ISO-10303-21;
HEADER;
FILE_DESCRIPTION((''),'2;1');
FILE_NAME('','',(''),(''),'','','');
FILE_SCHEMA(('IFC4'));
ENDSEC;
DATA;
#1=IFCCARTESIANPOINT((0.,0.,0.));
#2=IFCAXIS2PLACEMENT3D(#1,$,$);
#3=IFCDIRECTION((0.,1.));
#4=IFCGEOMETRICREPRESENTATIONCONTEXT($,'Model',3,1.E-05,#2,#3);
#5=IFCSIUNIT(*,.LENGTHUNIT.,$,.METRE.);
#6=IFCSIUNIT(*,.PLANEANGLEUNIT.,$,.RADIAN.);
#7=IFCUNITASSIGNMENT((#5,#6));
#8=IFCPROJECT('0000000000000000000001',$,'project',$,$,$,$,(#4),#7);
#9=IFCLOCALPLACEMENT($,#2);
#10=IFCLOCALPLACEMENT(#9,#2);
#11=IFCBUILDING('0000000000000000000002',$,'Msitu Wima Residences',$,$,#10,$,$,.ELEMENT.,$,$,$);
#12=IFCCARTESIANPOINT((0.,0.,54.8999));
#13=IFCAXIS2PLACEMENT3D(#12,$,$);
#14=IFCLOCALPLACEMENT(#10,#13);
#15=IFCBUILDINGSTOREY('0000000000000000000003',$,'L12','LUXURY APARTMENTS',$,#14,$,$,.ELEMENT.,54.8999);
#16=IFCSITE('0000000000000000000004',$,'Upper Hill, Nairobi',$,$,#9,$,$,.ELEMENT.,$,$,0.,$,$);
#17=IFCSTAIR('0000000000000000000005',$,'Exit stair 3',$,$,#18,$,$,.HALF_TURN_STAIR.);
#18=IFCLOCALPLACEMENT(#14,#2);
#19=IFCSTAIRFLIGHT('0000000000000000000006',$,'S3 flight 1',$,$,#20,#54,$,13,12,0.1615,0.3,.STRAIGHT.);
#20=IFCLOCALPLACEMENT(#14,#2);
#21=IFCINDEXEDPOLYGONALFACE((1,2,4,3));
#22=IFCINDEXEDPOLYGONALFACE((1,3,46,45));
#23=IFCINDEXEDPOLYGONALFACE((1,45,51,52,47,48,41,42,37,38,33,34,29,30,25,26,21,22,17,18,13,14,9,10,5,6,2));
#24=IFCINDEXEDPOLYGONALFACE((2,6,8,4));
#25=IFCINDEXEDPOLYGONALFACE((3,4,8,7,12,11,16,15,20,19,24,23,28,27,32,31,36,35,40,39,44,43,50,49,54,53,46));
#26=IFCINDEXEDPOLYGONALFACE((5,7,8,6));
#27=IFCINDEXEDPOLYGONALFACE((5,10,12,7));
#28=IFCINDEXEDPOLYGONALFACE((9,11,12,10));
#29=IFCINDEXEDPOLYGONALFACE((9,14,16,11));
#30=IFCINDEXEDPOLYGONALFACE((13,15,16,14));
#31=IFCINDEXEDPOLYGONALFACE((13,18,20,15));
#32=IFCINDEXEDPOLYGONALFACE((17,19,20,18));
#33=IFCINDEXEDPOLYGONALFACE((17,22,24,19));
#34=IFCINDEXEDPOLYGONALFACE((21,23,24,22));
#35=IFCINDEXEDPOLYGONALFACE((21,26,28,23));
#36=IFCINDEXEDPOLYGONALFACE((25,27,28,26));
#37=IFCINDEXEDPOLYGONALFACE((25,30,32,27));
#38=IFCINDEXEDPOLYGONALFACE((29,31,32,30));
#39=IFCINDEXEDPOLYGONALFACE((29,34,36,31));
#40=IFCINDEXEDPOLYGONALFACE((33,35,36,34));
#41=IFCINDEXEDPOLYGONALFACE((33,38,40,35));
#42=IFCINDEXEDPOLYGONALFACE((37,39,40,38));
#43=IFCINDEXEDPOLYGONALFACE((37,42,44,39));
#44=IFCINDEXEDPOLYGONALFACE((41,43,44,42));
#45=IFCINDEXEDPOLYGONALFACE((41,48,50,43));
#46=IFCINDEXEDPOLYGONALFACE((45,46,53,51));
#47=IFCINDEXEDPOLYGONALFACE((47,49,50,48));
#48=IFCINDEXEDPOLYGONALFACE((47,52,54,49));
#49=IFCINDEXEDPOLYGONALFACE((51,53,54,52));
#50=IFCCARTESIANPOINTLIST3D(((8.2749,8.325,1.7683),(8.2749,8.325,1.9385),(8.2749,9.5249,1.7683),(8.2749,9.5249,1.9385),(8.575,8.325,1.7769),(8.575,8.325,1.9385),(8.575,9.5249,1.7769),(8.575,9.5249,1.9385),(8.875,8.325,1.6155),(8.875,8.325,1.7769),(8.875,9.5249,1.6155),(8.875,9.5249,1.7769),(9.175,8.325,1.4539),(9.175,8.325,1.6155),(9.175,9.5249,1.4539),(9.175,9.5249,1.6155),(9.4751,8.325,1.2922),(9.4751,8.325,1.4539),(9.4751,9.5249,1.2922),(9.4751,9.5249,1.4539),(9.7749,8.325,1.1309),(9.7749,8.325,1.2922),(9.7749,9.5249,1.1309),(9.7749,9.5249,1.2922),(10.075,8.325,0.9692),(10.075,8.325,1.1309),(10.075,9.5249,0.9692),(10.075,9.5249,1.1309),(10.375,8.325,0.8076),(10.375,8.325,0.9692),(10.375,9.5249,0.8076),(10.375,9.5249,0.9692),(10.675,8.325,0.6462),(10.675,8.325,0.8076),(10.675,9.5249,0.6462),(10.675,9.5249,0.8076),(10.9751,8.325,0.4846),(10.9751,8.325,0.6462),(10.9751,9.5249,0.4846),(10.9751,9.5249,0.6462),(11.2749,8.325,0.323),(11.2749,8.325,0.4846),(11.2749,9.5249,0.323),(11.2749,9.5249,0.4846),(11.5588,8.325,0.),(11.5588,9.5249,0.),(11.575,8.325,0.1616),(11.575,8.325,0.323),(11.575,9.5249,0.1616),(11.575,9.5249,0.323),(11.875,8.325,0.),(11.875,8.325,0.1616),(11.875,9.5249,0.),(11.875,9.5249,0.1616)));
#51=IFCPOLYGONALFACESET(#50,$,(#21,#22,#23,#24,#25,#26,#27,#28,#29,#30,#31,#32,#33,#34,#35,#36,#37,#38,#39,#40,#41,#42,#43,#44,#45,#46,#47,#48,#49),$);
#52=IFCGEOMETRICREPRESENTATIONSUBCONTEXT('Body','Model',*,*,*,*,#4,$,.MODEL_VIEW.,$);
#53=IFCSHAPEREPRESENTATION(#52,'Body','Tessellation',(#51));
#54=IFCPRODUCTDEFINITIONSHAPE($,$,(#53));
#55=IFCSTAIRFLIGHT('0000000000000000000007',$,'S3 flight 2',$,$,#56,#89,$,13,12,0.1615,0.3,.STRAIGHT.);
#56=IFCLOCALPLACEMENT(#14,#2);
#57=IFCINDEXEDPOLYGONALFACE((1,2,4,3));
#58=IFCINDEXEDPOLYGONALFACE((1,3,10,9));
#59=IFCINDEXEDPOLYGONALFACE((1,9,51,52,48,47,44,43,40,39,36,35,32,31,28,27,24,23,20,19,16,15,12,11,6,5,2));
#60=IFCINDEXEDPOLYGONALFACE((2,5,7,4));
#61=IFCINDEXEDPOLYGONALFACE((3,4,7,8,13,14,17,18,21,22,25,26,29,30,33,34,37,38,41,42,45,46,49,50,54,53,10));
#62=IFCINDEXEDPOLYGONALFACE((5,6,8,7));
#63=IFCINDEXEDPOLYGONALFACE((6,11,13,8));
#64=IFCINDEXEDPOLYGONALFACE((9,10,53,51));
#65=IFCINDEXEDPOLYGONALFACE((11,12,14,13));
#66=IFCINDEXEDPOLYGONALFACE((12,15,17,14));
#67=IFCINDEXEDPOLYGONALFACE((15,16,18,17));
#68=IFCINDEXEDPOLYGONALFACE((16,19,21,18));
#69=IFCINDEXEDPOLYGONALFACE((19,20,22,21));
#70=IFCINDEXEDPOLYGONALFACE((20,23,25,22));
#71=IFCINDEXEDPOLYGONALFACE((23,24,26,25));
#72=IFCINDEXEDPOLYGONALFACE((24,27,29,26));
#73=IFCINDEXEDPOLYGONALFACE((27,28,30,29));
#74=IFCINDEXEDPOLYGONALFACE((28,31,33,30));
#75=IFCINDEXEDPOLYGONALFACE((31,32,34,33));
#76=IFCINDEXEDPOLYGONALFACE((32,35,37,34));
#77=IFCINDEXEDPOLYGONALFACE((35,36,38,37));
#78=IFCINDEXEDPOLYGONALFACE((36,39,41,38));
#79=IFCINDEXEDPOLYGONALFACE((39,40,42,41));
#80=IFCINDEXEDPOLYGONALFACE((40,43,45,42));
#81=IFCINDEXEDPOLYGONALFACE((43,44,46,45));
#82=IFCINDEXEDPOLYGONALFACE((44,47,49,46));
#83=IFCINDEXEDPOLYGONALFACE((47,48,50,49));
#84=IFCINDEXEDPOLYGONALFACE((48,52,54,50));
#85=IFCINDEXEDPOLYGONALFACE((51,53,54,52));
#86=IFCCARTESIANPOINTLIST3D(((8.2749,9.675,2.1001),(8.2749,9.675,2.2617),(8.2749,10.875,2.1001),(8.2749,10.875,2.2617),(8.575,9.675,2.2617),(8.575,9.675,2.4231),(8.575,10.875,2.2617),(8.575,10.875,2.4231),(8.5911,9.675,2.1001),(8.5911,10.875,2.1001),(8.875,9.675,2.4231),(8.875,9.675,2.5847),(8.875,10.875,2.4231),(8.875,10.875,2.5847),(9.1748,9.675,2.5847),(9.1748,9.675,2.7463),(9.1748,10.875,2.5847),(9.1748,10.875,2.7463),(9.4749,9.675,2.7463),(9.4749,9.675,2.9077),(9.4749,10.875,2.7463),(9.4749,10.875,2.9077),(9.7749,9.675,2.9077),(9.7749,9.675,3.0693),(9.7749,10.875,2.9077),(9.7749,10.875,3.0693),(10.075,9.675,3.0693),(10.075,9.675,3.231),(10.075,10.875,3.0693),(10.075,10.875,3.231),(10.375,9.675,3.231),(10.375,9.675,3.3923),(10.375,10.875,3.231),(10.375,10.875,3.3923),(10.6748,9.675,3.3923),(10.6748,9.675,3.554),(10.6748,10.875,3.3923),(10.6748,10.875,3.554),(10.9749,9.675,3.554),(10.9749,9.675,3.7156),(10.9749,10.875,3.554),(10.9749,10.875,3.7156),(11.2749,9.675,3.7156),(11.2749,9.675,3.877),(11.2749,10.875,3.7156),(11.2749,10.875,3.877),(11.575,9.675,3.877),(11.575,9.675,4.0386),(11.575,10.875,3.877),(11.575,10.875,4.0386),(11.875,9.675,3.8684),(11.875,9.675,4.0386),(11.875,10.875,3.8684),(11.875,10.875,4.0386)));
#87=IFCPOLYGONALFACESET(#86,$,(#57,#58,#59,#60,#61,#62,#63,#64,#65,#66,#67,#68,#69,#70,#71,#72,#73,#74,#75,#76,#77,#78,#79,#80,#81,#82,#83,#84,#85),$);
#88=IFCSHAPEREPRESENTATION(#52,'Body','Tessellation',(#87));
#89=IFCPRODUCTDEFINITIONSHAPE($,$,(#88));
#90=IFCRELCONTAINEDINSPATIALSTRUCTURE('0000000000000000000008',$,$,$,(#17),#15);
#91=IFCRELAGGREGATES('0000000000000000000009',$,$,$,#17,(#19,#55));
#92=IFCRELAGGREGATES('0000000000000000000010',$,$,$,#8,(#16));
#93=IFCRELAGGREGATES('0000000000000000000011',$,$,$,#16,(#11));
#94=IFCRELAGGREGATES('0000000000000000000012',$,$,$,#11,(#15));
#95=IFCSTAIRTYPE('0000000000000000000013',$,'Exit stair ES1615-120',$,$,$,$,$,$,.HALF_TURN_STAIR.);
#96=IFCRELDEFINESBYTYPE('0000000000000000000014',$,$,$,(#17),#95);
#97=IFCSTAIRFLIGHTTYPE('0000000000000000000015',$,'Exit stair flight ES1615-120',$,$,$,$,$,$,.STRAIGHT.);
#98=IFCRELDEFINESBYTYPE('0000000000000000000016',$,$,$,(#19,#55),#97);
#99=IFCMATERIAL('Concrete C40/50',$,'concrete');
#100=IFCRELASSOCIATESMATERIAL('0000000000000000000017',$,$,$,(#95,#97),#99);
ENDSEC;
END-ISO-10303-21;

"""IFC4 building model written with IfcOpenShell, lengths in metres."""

from ifc_helpers import new_model, si_unit, direction, frame, origin, place, context, subcontext, project, spatial, polyline, outline, extrude, material, type_object, element, aggregate, save


model = new_model("IFC4")

# Units and contexts
model_context = context("Model", 3, precision=1e-05, world=origin(), true_north=direction((0.0, 1.0)))
body_context = subcontext(model_context, "Body", "Model", "MODEL_VIEW")
ifc_project = project(units=[si_unit("LENGTHUNIT", "METRE"), si_unit("PLANEANGLEUNIT", "RADIAN")], contexts=[model_context])

# Site, building, storey
site_placement = place(None, origin())
site = spatial("IfcSite", under=ifc_project, at=site_placement, Name="Upper Hill, Nairobi", CompositionType="ELEMENT", RefElevation=0.0)
building_placement = place(site_placement, origin())
building = spatial("IfcBuilding", under=site, at=building_placement, Name="Msitu Wima Residences", CompositionType="ELEMENT")
storey_placement = place(building_placement, frame((0.0, 0.0, 54.8999)))
storey = spatial("IfcBuildingStorey", under=building, at=storey_placement, Name="L12", Description="LUXURY APARTMENTS", CompositionType="ELEMENT", Elevation=54.8999)

# Shared definitions
ifc_material_1 = material(Name="Concrete C40/50", Category="concrete")

# Stair, stair flights
stair_type = type_object("IfcStairType", Name="Exit stair ES1615-120", PredefinedType="HALF_TURN_STAIR", material=ifc_material_1)
stair_placement = place(storey_placement, origin())
stair = element("IfcStair", 1, at=stair_placement, inside=storey, type_object=stair_type, Name="Exit stair 3", PredefinedType="HALF_TURN_STAIR")
stair_flight_type = type_object("IfcStairFlightType", Name="Exit stair flight ES1615-120", PredefinedType="STRAIGHT", material=ifc_material_1)
stair_flight_1_placement = place(storey_placement, frame((11.875, 8.925, 0.0), z_axis=(0.0, 0.0, 1.0), x_axis=(-1.0, 0.0, 0.0)))
stair_flight_1 = element("IfcStairFlight", 2, at=stair_flight_1_placement, type_object=stair_flight_type, Name="S3 flight 1", NumberOfRisers=13, NumberOfTreads=12, PredefinedType="STRAIGHT", RiserHeight=0.1615, TreadLength=0.3, context=body_context, shape_type="SweptSolid", body=[
    extrude(outline(polyline([(0.0, 0.0), (0.0, 0.1616), (0.3, 0.1616), (0.3, 0.323), (0.6001, 0.323), (0.6001, 0.4846), (0.8999, 0.4846), (0.8999, 0.6462), (1.2, 0.6462), (1.2, 0.8076), (1.5, 0.8076), (1.5, 0.9692), (1.8, 0.9692), (1.8, 1.1309), (2.1001, 1.1309), (2.1001, 1.2922), (2.3999, 1.2922), (2.3999, 1.4539), (2.7, 1.4539), (2.7, 1.6155), (3.0, 1.6155), (3.0, 1.7769), (3.3, 1.7769), (3.3, 1.9385), (3.6001, 1.9385), (3.6001, 2.1001), (3.6001, 1.7683), (0.3162, 0.0), (0.0, 0.0)])), frame((0.0, 0.6001, 0.0), z_axis=(0.0, -1.0, 0.0), x_axis=(1.0, 0.0, 0.0)), (0.0, 0.0, 1.0), 1.2),
])
stair_flight_2_placement = place(storey_placement, frame((8.2749, 10.2749, 2.1001), z_axis=(0.0, 0.0, 1.0), x_axis=(1.0, 0.0, 0.0)))
stair_flight_2 = element("IfcStairFlight", 3, at=stair_flight_2_placement, type_object=stair_flight_type, Name="S3 flight 2", NumberOfRisers=13, NumberOfTreads=12, PredefinedType="STRAIGHT", RiserHeight=0.1615, TreadLength=0.3, context=body_context, shape_type="SweptSolid", body=[
    extrude(outline(polyline([(0.0, 0.0), (0.0, 0.1616), (0.3, 0.1616), (0.3, 0.323), (0.6001, 0.323), (0.6001, 0.4846), (0.8999, 0.4846), (0.8999, 0.6462), (1.2, 0.6462), (1.2, 0.8076), (1.5, 0.8076), (1.5, 0.9692), (1.8, 0.9692), (1.8, 1.1309), (2.1001, 1.1309), (2.1001, 1.2922), (2.3999, 1.2922), (2.3999, 1.4539), (2.7, 1.4539), (2.7, 1.6155), (3.0, 1.6155), (3.0, 1.7769), (3.3, 1.7769), (3.3, 1.9385), (3.6001, 1.9385), (3.6001, 2.1001), (3.6001, 1.7683), (0.3162, 0.0), (0.0, 0.0)])), frame((0.0, 0.6001, 0.0), z_axis=(0.0, -1.0, 0.0), x_axis=(1.0, 0.0, 0.0)), (0.0, 0.0, 1.0), 1.2),
])
aggregate(stair, [stair_flight_1, stair_flight_2])

save(model, "model.ifc")
